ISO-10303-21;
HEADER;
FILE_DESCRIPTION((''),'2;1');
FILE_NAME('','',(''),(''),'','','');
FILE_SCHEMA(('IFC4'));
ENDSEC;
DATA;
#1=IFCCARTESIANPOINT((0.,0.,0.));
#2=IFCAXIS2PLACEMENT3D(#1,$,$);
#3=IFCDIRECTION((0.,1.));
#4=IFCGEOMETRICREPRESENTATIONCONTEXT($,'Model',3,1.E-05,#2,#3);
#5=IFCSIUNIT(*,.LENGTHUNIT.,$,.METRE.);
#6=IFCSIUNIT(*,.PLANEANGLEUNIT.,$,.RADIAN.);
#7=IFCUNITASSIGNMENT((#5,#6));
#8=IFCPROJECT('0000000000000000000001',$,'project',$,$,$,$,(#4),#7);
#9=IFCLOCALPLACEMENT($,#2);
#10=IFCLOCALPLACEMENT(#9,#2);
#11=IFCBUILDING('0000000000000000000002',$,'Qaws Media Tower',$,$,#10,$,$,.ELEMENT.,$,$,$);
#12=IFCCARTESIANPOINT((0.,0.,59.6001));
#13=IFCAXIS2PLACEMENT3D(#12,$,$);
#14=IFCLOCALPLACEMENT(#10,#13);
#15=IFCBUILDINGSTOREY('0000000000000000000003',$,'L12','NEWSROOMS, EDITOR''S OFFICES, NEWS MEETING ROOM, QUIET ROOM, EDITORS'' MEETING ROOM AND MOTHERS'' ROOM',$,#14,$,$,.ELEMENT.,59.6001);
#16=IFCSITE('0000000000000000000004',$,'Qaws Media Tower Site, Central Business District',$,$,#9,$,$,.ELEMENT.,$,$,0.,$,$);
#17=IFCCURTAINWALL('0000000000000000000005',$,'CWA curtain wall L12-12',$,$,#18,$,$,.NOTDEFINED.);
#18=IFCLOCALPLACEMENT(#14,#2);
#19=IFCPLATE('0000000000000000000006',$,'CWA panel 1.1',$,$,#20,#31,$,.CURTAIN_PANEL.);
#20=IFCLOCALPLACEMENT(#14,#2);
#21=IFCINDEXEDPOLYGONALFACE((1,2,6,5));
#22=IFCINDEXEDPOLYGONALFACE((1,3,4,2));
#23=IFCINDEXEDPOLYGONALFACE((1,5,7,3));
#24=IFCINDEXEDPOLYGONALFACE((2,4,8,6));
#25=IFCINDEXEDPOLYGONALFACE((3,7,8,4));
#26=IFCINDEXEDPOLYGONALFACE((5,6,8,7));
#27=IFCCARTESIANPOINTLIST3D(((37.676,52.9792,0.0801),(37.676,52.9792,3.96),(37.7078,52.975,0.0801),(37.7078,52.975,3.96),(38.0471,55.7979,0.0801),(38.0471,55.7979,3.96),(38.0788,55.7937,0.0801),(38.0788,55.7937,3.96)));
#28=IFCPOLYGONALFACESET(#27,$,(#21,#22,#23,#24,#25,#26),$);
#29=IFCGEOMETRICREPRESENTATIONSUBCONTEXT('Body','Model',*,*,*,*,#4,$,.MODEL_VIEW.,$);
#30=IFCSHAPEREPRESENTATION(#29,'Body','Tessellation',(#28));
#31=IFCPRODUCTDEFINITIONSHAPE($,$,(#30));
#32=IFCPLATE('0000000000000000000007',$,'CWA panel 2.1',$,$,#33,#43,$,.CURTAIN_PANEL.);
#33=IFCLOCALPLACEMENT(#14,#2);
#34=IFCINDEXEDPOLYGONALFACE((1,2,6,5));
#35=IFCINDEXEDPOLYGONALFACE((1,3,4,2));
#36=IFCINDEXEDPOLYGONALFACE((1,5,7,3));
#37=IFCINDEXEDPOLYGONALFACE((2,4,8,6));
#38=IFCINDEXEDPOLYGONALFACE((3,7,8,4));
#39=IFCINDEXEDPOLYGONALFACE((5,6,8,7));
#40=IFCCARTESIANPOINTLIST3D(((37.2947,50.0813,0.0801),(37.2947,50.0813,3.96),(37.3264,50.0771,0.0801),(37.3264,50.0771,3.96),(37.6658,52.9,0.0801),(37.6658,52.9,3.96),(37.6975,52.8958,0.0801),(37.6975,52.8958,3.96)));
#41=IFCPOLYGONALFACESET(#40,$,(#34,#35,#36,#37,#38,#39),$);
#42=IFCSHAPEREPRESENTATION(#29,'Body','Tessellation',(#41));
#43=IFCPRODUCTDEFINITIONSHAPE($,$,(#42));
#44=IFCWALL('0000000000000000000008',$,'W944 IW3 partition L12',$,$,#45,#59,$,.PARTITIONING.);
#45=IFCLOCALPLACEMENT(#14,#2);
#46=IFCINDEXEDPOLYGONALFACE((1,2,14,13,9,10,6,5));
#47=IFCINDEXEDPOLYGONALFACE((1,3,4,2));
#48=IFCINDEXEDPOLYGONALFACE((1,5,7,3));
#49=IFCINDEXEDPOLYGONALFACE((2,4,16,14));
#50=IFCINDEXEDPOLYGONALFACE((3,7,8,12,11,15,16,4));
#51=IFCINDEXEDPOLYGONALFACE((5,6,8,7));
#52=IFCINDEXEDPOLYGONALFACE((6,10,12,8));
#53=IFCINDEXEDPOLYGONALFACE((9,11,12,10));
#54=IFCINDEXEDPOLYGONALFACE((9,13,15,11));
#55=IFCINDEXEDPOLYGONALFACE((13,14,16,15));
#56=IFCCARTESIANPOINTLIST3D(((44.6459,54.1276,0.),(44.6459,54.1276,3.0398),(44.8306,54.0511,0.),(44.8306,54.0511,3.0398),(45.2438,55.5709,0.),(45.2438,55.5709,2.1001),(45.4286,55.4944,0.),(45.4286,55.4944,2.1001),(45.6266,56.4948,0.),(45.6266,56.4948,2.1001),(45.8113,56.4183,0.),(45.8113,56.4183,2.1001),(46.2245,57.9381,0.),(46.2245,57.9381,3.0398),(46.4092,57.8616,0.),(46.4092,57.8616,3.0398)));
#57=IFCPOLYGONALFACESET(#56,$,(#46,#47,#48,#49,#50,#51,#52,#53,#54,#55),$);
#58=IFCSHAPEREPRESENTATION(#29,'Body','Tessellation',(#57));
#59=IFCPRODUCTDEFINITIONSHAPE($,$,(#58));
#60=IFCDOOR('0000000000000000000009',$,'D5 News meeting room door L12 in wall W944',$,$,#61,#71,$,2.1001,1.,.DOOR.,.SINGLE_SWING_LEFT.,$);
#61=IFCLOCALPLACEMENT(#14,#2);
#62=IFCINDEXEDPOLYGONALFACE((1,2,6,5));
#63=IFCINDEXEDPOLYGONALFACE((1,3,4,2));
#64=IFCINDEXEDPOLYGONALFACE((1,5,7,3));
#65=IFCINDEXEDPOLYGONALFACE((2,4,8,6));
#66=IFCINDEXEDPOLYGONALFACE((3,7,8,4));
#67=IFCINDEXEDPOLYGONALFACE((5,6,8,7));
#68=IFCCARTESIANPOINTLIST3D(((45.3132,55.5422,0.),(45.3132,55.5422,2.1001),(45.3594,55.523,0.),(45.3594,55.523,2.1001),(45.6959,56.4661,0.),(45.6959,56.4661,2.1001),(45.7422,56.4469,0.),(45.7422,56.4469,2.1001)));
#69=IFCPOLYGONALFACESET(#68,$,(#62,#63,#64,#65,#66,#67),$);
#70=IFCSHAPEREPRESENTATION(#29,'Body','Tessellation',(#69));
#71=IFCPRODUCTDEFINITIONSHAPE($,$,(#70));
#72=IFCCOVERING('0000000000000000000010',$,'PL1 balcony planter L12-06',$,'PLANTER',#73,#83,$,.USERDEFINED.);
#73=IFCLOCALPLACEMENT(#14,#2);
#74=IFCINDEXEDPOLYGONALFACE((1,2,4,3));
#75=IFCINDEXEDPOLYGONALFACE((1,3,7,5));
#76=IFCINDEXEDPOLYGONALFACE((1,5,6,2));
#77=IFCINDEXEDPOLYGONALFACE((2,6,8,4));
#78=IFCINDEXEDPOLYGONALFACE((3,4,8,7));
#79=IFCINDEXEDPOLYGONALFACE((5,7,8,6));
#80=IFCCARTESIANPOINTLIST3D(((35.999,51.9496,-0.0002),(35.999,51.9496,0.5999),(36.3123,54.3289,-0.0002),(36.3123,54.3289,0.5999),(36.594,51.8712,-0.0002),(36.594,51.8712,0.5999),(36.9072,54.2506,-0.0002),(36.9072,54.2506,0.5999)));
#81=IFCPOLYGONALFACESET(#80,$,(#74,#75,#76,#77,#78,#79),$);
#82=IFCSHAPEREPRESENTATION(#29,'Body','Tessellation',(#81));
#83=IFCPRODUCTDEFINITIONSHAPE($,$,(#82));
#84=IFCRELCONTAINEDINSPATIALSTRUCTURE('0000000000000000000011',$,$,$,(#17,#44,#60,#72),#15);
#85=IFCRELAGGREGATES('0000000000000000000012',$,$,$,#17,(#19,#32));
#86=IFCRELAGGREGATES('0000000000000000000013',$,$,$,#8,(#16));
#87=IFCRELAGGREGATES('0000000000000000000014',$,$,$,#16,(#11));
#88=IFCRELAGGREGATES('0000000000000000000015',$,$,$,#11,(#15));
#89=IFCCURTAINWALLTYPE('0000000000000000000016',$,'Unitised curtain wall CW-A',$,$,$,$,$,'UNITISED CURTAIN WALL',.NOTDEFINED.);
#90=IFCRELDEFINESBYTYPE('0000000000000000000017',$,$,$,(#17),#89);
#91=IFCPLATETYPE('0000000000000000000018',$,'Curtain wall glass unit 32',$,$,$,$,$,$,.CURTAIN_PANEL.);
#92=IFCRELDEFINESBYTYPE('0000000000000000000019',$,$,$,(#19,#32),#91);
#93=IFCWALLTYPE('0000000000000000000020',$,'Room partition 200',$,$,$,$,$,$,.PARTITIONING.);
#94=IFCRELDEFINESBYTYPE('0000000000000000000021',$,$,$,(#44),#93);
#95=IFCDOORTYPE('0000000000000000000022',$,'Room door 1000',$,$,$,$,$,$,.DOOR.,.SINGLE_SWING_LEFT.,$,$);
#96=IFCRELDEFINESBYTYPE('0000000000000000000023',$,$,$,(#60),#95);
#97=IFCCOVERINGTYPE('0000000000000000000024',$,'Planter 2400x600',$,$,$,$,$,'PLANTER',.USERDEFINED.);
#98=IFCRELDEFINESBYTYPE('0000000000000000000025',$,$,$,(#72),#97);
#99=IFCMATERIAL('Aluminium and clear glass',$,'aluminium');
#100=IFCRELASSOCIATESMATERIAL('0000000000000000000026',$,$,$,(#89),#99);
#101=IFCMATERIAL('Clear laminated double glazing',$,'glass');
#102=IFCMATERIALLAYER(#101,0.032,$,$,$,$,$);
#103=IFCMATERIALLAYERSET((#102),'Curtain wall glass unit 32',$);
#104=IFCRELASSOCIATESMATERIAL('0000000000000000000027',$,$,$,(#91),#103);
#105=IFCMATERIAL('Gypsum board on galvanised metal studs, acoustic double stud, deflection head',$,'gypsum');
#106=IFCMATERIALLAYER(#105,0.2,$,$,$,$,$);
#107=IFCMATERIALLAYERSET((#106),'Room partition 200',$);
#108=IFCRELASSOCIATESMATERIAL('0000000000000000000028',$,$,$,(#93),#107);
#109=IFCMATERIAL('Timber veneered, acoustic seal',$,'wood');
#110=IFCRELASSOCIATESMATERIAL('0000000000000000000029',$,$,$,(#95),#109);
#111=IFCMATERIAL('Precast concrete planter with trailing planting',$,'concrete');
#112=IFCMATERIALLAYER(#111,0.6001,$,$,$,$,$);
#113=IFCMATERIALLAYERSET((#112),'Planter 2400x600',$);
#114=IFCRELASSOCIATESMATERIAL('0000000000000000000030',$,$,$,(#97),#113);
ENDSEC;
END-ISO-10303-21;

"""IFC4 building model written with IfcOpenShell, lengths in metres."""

from ifc_helpers import new_model, si_unit, direction, frame, frame_2d, origin, origin_2d, place, context, subcontext, project, spatial, rectangle, extrude, material, layer, layer_set, type_object, element, fill, aggregate, save


model = new_model("IFC4")

# Units and contexts
model_context = context("Model", 3, precision=1e-05, world=origin(), true_north=direction((0.0, 1.0)))
body_context = subcontext(model_context, "Body", "Model", "MODEL_VIEW")
ifc_project = project(units=[si_unit("LENGTHUNIT", "METRE"), si_unit("PLANEANGLEUNIT", "RADIAN")], contexts=[model_context])

# Site, building, storey
site_placement = place(None, origin())
site = spatial("IfcSite", under=ifc_project, at=site_placement, Name="Qaws Media Tower Site, Central Business District", CompositionType="ELEMENT", RefElevation=0.0)
building_placement = place(site_placement, origin())
building = spatial("IfcBuilding", under=site, at=building_placement, Name="Qaws Media Tower", CompositionType="ELEMENT")
storey_placement = place(building_placement, frame((0.0, 0.0, 59.6001)))
storey = spatial("IfcBuildingStorey", under=building, at=storey_placement, Name="L12", Description="NEWSROOMS, EDITOR'S OFFICES, NEWS MEETING ROOM, QUIET ROOM, EDITORS' MEETING ROOM AND MOTHERS' ROOM", CompositionType="ELEMENT", Elevation=59.6001)

# Shared definitions
ifc_material_1 = material(Name="Aluminium and clear glass", Category="aluminium")
curtain_wall_type = type_object("IfcCurtainWallType", Name="Unitised curtain wall CW-A", ElementType="UNITISED CURTAIN WALL", PredefinedType="NOTDEFINED", material=ifc_material_1)

# Curtain wall
curtain_wall_1_placement = place(storey_placement, origin())
curtain_wall_1 = element("IfcCurtainWall", 1, at=curtain_wall_1_placement, inside=storey, type_object=curtain_wall_type, Name="CWA curtain wall L12-12", PredefinedType="NOTDEFINED")

# Plates
ifc_material_2 = material(Name="Clear laminated double glazing", Category="glass")
ifc_layer_1 = layer(ifc_material_2, 0.032)
ifc_layer_set_1 = layer_set([ifc_layer_1], Name="Curtain wall glass unit 32")
plate_type = type_object("IfcPlateType", Name="Curtain wall glass unit 32", PredefinedType="CURTAIN_PANEL", material=ifc_layer_set_1)
plate_1_placement = place(storey_placement, frame((37.8774, 54.3865, 0.0801), z_axis=(0.0, 0.0, 1.0), x_axis=(-0.130526, -0.991445, 0.0)))
plate_1 = element("IfcPlate", 2, at=plate_1_placement, type_object=plate_type, Name="CWA panel 1.1", PredefinedType="CURTAIN_PANEL", context=body_context, shape_type="SweptSolid", body=[
    extrude(rectangle(XDim=2.843, YDim=0.032, at=origin_2d()), origin(), (0.0, 0.0, 1.0), 3.8799),
])
plate_2_placement = place(storey_placement, frame((37.4961, 51.4885, 0.0801), z_axis=(0.0, 0.0, 1.0), x_axis=(-0.130526, -0.991445, 0.0)))
plate_2 = element("IfcPlate", 3, at=plate_2_placement, type_object=plate_type, Name="CWA panel 2.1", PredefinedType="CURTAIN_PANEL", context=body_context, shape_type="SweptSolid", body=[
    extrude(rectangle(XDim=2.843, YDim=0.032, at=origin_2d()), origin(), (0.0, 0.0, 1.0), 3.8799),
])
aggregate(curtain_wall_1, [plate_1, plate_2])

# Wall, opening, door
ifc_material_3 = material(Name="Gypsum board on galvanised metal studs, acoustic double stud, deflection head", Category="gypsum")
ifc_layer_2 = layer(ifc_material_3, 0.2)
ifc_layer_set_2 = layer_set([ifc_layer_2], Name="Room partition 200")
wall_type = type_object("IfcWallType", Name="Room partition 200", PredefinedType="PARTITIONING", material=ifc_layer_set_2)
wall_placement = place(storey_placement, frame((44.7383, 54.0894, 0.0), z_axis=(0.0, 0.0, 1.0), x_axis=(0.382732, 0.92386, 0.0)))
wall = element("IfcWall", 4, at=wall_placement, inside=storey, type_object=wall_type, Name="W944 IW3 partition L12", PredefinedType="PARTITIONING", context=body_context, shape_type="SweptSolid", body=[
    extrude(rectangle(XDim=4.1245, YDim=0.2, at=frame_2d((2.0623, 0.0))), origin(), (0.0, 0.0, 1.0), 3.0398),
])
opening_placement = place(wall_placement, frame((1.5623, 0.0, 0.0)))
opening = element("IfcOpeningElement", 5, at=opening_placement, cuts=wall, PredefinedType="OPENING", context=body_context, shape_type="SweptSolid", body=[
    extrude(rectangle(XDim=1.0, YDim=2.1001, at=frame_2d((0.5, 1.05))), frame((0.0, 0.1099, 0.0), z_axis=(0.0, -1.0, 0.0), x_axis=(1.0, 0.0, 0.0)), (0.0, 0.0, 1.0), 0.22),
])
ifc_material_4 = material(Name="Timber veneered, acoustic seal", Category="wood")
door_type = type_object("IfcDoorType", Name="Room door 1000", OperationType="SINGLE_SWING_LEFT", PredefinedType="DOOR", material=ifc_material_4)
door_placement = place(opening_placement, origin())
door = element("IfcDoor", 6, at=door_placement, inside=storey, type_object=door_type, Name="D5 News meeting room door L12 in wall W944", OperationType="SINGLE_SWING_LEFT", OverallHeight=2.1001, OverallWidth=1.0, PredefinedType="DOOR", context=body_context, shape_type="SweptSolid", body=[
    extrude(rectangle(XDim=1.0, YDim=2.1001, at=frame_2d((0.5, 1.05))), frame((0.0, 0.0249, 0.0), z_axis=(0.0, -1.0, 0.0), x_axis=(1.0, 0.0, 0.0)), (0.0, 0.0, 1.0), 0.05),
])
fill(opening, door)

# Covering
ifc_material_5 = material(Name="Precast concrete planter with trailing planting", Category="concrete")
ifc_layer_3 = layer(ifc_material_5, 0.6001)
ifc_layer_set_3 = layer_set([ifc_layer_3], Name="Planter 2400x600")
covering_type = type_object("IfcCoveringType", Name="Planter 2400x600", ElementType="PLANTER", PredefinedType="USERDEFINED", material=ifc_layer_set_3)
covering_placement = place(storey_placement, frame((36.4531, 53.1001, -0.0002), z_axis=(0.0, 0.0, 1.0), x_axis=(-0.130526, -0.991445, 0.0)))
element("IfcCovering", 7, at=covering_placement, inside=storey, type_object=covering_type, Name="PL1 balcony planter L12-06", ObjectType="PLANTER", PredefinedType="USERDEFINED", context=body_context, shape_type="SweptSolid", body=[
    extrude(rectangle(XDim=2.3999, YDim=0.6001, at=origin_2d()), origin(), (0.0, 0.0, 1.0), 0.6001),
])

save(model, "model.ifc")
